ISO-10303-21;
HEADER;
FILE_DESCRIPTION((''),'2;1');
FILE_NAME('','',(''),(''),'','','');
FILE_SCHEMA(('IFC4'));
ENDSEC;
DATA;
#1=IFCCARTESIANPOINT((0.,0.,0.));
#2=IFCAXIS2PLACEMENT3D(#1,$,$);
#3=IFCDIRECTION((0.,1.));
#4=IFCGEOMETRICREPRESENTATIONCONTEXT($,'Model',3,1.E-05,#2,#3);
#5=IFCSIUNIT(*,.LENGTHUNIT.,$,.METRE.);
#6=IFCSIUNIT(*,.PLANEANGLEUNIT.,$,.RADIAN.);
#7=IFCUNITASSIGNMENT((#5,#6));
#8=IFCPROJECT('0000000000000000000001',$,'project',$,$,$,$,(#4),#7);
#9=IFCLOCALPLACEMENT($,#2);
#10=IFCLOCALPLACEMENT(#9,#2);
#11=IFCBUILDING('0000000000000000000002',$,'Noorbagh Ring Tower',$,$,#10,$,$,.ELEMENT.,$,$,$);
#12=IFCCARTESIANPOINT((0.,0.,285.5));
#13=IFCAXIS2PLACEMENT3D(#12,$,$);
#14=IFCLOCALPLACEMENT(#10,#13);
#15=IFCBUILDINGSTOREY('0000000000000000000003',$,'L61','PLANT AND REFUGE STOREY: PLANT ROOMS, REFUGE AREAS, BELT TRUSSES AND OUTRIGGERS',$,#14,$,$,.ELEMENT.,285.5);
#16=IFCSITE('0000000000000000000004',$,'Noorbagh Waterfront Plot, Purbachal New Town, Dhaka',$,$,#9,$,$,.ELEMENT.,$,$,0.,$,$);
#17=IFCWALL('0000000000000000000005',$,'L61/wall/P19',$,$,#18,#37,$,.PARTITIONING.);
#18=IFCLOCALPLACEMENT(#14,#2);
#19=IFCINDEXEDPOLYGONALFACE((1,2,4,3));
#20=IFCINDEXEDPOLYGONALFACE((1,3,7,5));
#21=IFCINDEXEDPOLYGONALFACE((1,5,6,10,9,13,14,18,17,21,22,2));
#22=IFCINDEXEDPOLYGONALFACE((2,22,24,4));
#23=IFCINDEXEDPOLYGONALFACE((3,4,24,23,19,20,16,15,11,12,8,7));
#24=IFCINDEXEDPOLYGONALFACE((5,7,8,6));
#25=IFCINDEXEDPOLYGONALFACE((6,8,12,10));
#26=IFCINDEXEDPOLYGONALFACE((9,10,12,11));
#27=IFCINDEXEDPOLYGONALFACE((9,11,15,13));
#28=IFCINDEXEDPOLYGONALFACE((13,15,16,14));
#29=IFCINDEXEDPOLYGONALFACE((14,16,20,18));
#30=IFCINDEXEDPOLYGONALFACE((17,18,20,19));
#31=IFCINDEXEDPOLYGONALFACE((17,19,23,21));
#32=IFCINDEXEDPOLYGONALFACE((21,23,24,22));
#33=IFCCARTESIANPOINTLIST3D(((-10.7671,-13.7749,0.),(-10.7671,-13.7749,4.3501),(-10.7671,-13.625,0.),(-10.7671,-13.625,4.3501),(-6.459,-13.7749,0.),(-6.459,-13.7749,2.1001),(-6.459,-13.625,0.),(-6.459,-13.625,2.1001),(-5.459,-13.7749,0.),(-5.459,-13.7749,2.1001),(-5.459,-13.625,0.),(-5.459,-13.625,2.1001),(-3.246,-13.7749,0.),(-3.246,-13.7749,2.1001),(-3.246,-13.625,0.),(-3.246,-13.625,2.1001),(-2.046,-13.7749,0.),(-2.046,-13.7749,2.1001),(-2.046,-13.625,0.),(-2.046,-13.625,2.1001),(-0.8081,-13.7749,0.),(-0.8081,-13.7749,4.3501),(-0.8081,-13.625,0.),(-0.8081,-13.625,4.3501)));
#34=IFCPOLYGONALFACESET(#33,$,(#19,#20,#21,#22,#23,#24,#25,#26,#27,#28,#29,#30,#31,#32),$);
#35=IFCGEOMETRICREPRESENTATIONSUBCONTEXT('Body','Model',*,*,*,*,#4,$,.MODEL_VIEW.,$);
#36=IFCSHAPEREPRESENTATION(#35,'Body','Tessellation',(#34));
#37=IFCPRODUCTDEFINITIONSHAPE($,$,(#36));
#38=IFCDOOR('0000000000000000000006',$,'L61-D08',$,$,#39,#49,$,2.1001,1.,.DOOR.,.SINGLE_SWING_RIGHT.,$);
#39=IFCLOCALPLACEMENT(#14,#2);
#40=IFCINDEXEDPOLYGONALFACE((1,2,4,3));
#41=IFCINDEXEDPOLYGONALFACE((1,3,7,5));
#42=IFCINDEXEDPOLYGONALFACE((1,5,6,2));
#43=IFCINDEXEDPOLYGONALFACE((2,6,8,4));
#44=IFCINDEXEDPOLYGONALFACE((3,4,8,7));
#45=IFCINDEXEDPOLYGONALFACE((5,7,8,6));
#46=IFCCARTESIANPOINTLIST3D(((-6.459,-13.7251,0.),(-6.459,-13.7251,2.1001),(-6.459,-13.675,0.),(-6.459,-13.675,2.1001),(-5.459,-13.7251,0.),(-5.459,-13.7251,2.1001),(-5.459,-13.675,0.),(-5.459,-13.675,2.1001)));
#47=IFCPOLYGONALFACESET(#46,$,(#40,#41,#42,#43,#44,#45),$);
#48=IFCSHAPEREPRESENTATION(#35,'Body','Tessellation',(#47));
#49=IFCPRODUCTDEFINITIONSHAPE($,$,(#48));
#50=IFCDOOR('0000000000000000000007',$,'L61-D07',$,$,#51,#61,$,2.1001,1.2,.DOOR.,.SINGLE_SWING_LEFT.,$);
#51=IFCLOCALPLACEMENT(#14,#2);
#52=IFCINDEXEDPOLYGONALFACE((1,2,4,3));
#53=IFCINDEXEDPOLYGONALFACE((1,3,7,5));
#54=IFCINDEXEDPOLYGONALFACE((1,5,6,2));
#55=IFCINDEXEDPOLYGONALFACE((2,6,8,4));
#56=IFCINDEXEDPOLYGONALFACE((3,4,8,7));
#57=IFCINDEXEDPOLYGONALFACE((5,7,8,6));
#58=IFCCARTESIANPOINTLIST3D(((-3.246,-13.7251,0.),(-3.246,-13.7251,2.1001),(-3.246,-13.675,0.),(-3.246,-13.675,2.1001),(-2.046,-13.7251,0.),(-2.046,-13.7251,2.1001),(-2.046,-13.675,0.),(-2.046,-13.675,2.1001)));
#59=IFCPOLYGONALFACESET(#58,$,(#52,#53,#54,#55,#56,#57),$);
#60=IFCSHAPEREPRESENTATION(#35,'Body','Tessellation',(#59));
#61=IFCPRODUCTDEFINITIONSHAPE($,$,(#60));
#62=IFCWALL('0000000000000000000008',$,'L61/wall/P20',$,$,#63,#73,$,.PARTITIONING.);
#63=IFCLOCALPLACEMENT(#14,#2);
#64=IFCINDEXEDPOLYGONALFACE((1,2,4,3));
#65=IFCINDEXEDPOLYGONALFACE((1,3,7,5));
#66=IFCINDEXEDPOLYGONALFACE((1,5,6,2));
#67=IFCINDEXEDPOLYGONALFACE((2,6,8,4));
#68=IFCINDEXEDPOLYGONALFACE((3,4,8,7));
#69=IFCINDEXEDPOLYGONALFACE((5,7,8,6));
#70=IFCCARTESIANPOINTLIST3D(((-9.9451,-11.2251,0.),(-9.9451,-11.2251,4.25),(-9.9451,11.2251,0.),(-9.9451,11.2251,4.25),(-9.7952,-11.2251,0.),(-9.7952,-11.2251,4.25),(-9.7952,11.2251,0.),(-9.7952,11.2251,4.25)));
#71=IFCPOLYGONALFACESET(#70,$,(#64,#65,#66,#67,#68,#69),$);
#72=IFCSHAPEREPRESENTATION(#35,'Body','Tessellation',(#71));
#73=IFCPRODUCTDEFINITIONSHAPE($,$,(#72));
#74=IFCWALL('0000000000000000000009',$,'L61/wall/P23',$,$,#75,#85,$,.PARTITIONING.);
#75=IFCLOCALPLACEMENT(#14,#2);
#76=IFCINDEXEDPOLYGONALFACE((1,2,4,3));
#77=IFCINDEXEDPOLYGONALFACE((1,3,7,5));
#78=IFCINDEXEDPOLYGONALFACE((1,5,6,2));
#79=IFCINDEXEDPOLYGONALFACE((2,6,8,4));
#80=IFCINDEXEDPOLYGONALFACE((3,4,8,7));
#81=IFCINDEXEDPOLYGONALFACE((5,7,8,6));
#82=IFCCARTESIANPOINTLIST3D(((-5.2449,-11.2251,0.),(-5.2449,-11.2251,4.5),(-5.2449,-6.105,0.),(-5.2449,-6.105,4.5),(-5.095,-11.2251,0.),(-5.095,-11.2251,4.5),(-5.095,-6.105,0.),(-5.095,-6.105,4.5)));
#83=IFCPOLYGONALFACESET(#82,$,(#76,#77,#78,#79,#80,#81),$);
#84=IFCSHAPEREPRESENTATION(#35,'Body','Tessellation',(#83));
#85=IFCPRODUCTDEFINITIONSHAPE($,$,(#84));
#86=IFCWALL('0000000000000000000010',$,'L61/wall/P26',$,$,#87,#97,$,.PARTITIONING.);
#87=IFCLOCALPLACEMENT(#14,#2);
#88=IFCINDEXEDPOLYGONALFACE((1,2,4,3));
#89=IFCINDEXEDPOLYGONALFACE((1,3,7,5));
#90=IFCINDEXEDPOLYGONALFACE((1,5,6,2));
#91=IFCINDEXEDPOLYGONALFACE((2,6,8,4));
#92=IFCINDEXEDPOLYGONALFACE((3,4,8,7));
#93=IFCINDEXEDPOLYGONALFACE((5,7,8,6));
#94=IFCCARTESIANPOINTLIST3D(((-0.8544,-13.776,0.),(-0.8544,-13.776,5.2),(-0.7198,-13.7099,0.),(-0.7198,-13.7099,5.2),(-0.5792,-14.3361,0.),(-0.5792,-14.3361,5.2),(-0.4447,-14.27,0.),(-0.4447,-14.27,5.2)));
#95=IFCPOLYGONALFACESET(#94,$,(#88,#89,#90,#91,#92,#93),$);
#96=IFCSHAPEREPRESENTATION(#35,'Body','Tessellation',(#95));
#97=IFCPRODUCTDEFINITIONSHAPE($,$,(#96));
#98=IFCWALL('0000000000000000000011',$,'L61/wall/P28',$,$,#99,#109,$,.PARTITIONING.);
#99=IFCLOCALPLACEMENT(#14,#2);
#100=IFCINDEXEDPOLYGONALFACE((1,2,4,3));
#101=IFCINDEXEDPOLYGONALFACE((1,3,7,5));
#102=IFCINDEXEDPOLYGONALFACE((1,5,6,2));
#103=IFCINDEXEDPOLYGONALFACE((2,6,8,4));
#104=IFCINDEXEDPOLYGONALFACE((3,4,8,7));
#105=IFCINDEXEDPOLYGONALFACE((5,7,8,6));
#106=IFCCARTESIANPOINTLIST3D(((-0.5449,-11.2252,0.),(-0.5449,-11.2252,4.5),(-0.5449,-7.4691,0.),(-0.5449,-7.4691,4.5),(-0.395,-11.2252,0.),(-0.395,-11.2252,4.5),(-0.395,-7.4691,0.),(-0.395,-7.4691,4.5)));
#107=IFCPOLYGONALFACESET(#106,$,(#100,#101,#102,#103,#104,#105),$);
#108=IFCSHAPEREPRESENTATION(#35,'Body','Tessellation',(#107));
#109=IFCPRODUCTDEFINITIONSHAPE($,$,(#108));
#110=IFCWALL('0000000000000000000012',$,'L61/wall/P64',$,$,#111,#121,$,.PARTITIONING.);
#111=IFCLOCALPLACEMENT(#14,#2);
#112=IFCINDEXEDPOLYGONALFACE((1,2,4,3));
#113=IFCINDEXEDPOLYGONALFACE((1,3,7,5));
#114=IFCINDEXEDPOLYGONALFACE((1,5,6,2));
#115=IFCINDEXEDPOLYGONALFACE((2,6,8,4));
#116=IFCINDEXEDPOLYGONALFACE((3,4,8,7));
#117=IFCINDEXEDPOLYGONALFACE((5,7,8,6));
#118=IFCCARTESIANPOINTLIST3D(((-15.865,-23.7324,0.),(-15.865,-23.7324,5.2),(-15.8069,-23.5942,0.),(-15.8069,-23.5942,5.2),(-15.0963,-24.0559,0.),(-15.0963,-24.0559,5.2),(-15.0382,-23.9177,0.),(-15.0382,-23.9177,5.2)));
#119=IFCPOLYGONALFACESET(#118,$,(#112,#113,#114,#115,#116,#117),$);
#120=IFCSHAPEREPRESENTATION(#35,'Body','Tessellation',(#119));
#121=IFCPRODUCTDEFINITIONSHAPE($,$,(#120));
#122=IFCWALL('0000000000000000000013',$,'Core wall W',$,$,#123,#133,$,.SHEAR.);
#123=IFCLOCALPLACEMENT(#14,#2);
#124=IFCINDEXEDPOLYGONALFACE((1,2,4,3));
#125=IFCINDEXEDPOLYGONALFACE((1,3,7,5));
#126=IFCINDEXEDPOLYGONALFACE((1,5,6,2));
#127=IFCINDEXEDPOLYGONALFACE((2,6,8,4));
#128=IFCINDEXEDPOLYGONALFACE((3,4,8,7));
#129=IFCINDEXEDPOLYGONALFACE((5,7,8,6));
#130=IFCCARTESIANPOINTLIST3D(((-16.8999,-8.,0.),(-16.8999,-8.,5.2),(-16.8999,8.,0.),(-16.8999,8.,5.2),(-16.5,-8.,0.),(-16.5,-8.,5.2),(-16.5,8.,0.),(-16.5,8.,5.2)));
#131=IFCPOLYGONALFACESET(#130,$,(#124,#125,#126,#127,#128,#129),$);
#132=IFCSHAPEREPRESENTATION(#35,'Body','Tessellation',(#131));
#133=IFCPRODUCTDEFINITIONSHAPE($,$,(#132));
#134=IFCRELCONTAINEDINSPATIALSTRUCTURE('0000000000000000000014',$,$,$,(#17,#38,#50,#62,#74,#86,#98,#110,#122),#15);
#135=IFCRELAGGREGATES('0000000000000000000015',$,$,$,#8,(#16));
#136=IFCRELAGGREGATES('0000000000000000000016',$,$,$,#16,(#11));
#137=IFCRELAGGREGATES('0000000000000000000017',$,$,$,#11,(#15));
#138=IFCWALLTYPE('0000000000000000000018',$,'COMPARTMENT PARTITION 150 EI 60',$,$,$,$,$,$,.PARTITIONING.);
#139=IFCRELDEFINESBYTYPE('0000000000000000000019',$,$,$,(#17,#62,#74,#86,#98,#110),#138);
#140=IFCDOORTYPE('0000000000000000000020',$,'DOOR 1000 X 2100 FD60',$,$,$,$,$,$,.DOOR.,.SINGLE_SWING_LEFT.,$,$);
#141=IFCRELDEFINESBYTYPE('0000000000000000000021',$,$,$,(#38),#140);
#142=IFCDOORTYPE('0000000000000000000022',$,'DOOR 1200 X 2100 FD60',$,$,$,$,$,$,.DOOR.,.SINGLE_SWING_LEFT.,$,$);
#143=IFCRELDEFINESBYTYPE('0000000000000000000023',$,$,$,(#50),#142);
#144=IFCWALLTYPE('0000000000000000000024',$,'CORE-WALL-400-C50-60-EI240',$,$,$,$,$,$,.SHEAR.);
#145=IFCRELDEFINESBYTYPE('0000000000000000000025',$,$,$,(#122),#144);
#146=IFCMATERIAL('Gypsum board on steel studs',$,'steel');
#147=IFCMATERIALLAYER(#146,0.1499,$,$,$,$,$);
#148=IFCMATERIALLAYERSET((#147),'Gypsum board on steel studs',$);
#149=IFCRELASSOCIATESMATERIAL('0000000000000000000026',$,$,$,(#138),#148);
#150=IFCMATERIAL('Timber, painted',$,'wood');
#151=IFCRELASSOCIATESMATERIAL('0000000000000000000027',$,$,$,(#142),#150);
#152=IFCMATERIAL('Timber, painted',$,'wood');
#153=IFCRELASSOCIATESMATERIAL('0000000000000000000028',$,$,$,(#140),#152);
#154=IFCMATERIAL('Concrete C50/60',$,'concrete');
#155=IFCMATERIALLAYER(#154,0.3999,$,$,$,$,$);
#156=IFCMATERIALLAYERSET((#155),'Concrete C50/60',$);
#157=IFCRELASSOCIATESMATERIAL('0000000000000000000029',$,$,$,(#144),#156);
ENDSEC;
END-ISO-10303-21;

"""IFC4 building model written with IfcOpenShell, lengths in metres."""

from ifc_helpers import new_model, si_unit, direction, frame, frame_2d, origin, place, context, subcontext, project, spatial, rectangle, extrude, material, layer, layer_set, type_object, element, fill, save


model = new_model("IFC4")

# Units and contexts
model_context = context("Model", 3, precision=1e-05, world=origin(), true_north=direction((0.0, 1.0)))
body_context = subcontext(model_context, "Body", "Model", "MODEL_VIEW")
ifc_project = project(units=[si_unit("LENGTHUNIT", "METRE"), si_unit("PLANEANGLEUNIT", "RADIAN")], contexts=[model_context])

# Site, building, storey
site_placement = place(None, origin())
site = spatial("IfcSite", under=ifc_project, at=site_placement, Name="Noorbagh Waterfront Plot, Purbachal New Town, Dhaka", CompositionType="ELEMENT", RefElevation=0.0)
building_placement = place(site_placement, origin())
building = spatial("IfcBuilding", under=site, at=building_placement, Name="Noorbagh Ring Tower", CompositionType="ELEMENT")
storey_placement = place(building_placement, frame((0.0, 0.0, 285.5)))
storey = spatial("IfcBuildingStorey", under=building, at=storey_placement, Name="L61", Description="PLANT AND REFUGE STOREY: PLANT ROOMS, REFUGE AREAS, BELT TRUSSES AND OUTRIGGERS", CompositionType="ELEMENT", Elevation=285.5)

# Shared definitions
ifc_material_1 = material(Name="Gypsum board on steel studs", Category="steel")
ifc_layer_1 = layer(ifc_material_1, 0.1499)
ifc_layer_set_1 = layer_set([ifc_layer_1], Name="Gypsum board on steel studs")
wall_type_1 = type_object("IfcWallType", Name="COMPARTMENT PARTITION 150 EI 60", PredefinedType="PARTITIONING", material=ifc_layer_set_1)

# Shared definitions
ifc_material_2 = material(Name="Timber, painted", Category="wood")
door_type_1 = type_object("IfcDoorType", Name="DOOR 1200 X 2100 FD60", OperationType="SINGLE_SWING_LEFT", PredefinedType="DOOR", material=ifc_material_2)

# Shared definitions
ifc_material_3 = material(Name="Timber, painted", Category="wood")
door_type_2 = type_object("IfcDoorType", Name="DOOR 1000 X 2100 FD60", OperationType="SINGLE_SWING_LEFT", PredefinedType="DOOR", material=ifc_material_3)

# Wall, openings, doors
wall_1_placement = place(storey_placement, frame((-10.7671, -13.7, 0.0), z_axis=(0.0, 0.0, 1.0), x_axis=(1.0, 0.0, 0.0)))
wall_1 = element("IfcWall", 1, at=wall_1_placement, inside=storey, type_object=wall_type_1, Name="L61/wall/P19", PredefinedType="PARTITIONING", context=body_context, shape_type="SweptSolid", body=[
    extrude(rectangle(XDim=9.959, YDim=0.1499, at=frame_2d((4.9795, 0.0))), origin(), (0.0, 0.0, 1.0), 4.3501),
])
opening_1_placement = place(wall_1_placement, frame((7.521, 0.0, 0.0)))
opening_1 = element("IfcOpeningElement", 2, at=opening_1_placement, cuts=wall_1, PredefinedType="OPENING", context=body_context, shape_type="SweptSolid", body=[
    extrude(rectangle(XDim=1.2, YDim=2.1001, at=frame_2d((0.6001, 1.05))), frame((0.0, 0.085, 0.0), z_axis=(0.0, -1.0, 0.0), x_axis=(1.0, 0.0, 0.0)), (0.0, 0.0, 1.0), 0.1699),
])
opening_2_placement = place(wall_1_placement, frame((4.3081, 0.0, 0.0)))
opening_2 = element("IfcOpeningElement", 3, at=opening_2_placement, cuts=wall_1, PredefinedType="OPENING", context=body_context, shape_type="SweptSolid", body=[
    extrude(rectangle(XDim=1.0, YDim=2.1001, at=frame_2d((0.5, 1.05))), frame((0.0, 0.085, 0.0), z_axis=(0.0, -1.0, 0.0), x_axis=(1.0, 0.0, 0.0)), (0.0, 0.0, 1.0), 0.1699),
])
door_1_placement = place(opening_2_placement, origin())
door_1 = element("IfcDoor", 4, at=door_1_placement, inside=storey, type_object=door_type_2, Name="L61-D08", OperationType="SINGLE_SWING_RIGHT", OverallHeight=2.1001, OverallWidth=1.0, PredefinedType="DOOR", context=body_context, shape_type="SweptSolid", body=[
    extrude(rectangle(XDim=1.0, YDim=2.1001, at=frame_2d((0.5, 1.05))), frame((0.0, 0.0249, 0.0), z_axis=(0.0, -1.0, 0.0), x_axis=(1.0, 0.0, 0.0)), (0.0, 0.0, 1.0), 0.05),
])
fill(opening_2, door_1)
door_2_placement = place(opening_1_placement, origin())
door_2 = element("IfcDoor", 5, at=door_2_placement, inside=storey, type_object=door_type_1, Name="L61-D07", OperationType="SINGLE_SWING_LEFT", OverallHeight=2.1001, OverallWidth=1.2, PredefinedType="DOOR", context=body_context, shape_type="SweptSolid", body=[
    extrude(rectangle(XDim=1.2, YDim=2.1001, at=frame_2d((0.6001, 1.05))), frame((0.0, 0.0249, 0.0), z_axis=(0.0, -1.0, 0.0), x_axis=(1.0, 0.0, 0.0)), (0.0, 0.0, 1.0), 0.05),
])
fill(opening_1, door_2)

# Walls
wall_2_placement = place(storey_placement, frame((-9.8701, -11.2251, 0.0), z_axis=(0.0, 0.0, 1.0), x_axis=(0.0, 1.0, 0.0)))
element("IfcWall", 6, at=wall_2_placement, inside=storey, type_object=wall_type_1, Name="L61/wall/P20", PredefinedType="PARTITIONING", context=body_context, shape_type="SweptSolid", body=[
    extrude(rectangle(XDim=22.4502, YDim=0.1499, at=frame_2d((11.2251, 0.0))), origin(), (0.0, 0.0, 1.0), 4.25),
])
wall_3_placement = place(storey_placement, frame((-5.1699, -11.2251, 0.0), z_axis=(0.0, 0.0, 1.0), x_axis=(0.0, 1.0, 0.0)))
element("IfcWall", 7, at=wall_3_placement, inside=storey, type_object=wall_type_1, Name="L61/wall/P23", PredefinedType="PARTITIONING", context=body_context, shape_type="SweptSolid", body=[
    extrude(rectangle(XDim=5.1201, YDim=0.1499, at=frame_2d((2.5601, 0.0))), origin(), (0.0, 0.0, 1.0), 4.5),
])
wall_4_placement = place(storey_placement, frame((-0.7871, -13.7429, 0.0), z_axis=(0.0, 0.0, 1.0), x_axis=(0.440943, -0.897535, 0.0)))
element("IfcWall", 8, at=wall_4_placement, inside=storey, type_object=wall_type_1, Name="L61/wall/P26", PredefinedType="PARTITIONING", context=body_context, shape_type="SweptSolid", body=[
    extrude(rectangle(XDim=0.624, YDim=0.1499, at=frame_2d((0.312, 0.0))), origin(), (0.0, 0.0, 1.0), 5.2),
])
wall_5_placement = place(storey_placement, frame((-0.47, -11.2251, 0.0), z_axis=(0.0, 0.0, 1.0), x_axis=(0.0, 1.0, 0.0)))
element("IfcWall", 9, at=wall_5_placement, inside=storey, type_object=wall_type_1, Name="L61/wall/P28", PredefinedType="PARTITIONING", context=body_context, shape_type="SweptSolid", body=[
    extrude(rectangle(XDim=3.7561, YDim=0.1499, at=frame_2d((1.8779, 0.0))), origin(), (0.0, 0.0, 1.0), 4.5),
])
wall_6_placement = place(storey_placement, frame((-15.8359, -23.6633, 0.0), z_axis=(0.0, 0.0, 1.0), x_axis=(0.921729, -0.387835, 0.0)))
element("IfcWall", 10, at=wall_6_placement, inside=storey, type_object=wall_type_1, Name="L61/wall/P64", PredefinedType="PARTITIONING", context=body_context, shape_type="SweptSolid", body=[
    extrude(rectangle(XDim=0.834, YDim=0.1499, at=frame_2d((0.417, 0.0))), origin(), (0.0, 0.0, 1.0), 5.2),
])
ifc_material_4 = material(Name="Concrete C50/60", Category="concrete")
ifc_layer_2 = layer(ifc_material_4, 0.3999)
ifc_layer_set_2 = layer_set([ifc_layer_2], Name="Concrete C50/60")
wall_type_2 = type_object("IfcWallType", Name="CORE-WALL-400-C50-60-EI240", PredefinedType="SHEAR", material=ifc_layer_set_2)
wall_7_placement = place(storey_placement, frame((-16.7, -8.0, 0.0), z_axis=(0.0, 0.0, 1.0), x_axis=(0.0, 1.0, 0.0)))
element("IfcWall", 11, at=wall_7_placement, inside=storey, type_object=wall_type_2, Name="Core wall W", PredefinedType="SHEAR", context=body_context, shape_type="SweptSolid", body=[
    extrude(rectangle(XDim=16.0, YDim=0.3999, at=frame_2d((8.0, 0.0))), origin(), (0.0, 0.0, 1.0), 5.2),
])

save(model, "model.ifc")
